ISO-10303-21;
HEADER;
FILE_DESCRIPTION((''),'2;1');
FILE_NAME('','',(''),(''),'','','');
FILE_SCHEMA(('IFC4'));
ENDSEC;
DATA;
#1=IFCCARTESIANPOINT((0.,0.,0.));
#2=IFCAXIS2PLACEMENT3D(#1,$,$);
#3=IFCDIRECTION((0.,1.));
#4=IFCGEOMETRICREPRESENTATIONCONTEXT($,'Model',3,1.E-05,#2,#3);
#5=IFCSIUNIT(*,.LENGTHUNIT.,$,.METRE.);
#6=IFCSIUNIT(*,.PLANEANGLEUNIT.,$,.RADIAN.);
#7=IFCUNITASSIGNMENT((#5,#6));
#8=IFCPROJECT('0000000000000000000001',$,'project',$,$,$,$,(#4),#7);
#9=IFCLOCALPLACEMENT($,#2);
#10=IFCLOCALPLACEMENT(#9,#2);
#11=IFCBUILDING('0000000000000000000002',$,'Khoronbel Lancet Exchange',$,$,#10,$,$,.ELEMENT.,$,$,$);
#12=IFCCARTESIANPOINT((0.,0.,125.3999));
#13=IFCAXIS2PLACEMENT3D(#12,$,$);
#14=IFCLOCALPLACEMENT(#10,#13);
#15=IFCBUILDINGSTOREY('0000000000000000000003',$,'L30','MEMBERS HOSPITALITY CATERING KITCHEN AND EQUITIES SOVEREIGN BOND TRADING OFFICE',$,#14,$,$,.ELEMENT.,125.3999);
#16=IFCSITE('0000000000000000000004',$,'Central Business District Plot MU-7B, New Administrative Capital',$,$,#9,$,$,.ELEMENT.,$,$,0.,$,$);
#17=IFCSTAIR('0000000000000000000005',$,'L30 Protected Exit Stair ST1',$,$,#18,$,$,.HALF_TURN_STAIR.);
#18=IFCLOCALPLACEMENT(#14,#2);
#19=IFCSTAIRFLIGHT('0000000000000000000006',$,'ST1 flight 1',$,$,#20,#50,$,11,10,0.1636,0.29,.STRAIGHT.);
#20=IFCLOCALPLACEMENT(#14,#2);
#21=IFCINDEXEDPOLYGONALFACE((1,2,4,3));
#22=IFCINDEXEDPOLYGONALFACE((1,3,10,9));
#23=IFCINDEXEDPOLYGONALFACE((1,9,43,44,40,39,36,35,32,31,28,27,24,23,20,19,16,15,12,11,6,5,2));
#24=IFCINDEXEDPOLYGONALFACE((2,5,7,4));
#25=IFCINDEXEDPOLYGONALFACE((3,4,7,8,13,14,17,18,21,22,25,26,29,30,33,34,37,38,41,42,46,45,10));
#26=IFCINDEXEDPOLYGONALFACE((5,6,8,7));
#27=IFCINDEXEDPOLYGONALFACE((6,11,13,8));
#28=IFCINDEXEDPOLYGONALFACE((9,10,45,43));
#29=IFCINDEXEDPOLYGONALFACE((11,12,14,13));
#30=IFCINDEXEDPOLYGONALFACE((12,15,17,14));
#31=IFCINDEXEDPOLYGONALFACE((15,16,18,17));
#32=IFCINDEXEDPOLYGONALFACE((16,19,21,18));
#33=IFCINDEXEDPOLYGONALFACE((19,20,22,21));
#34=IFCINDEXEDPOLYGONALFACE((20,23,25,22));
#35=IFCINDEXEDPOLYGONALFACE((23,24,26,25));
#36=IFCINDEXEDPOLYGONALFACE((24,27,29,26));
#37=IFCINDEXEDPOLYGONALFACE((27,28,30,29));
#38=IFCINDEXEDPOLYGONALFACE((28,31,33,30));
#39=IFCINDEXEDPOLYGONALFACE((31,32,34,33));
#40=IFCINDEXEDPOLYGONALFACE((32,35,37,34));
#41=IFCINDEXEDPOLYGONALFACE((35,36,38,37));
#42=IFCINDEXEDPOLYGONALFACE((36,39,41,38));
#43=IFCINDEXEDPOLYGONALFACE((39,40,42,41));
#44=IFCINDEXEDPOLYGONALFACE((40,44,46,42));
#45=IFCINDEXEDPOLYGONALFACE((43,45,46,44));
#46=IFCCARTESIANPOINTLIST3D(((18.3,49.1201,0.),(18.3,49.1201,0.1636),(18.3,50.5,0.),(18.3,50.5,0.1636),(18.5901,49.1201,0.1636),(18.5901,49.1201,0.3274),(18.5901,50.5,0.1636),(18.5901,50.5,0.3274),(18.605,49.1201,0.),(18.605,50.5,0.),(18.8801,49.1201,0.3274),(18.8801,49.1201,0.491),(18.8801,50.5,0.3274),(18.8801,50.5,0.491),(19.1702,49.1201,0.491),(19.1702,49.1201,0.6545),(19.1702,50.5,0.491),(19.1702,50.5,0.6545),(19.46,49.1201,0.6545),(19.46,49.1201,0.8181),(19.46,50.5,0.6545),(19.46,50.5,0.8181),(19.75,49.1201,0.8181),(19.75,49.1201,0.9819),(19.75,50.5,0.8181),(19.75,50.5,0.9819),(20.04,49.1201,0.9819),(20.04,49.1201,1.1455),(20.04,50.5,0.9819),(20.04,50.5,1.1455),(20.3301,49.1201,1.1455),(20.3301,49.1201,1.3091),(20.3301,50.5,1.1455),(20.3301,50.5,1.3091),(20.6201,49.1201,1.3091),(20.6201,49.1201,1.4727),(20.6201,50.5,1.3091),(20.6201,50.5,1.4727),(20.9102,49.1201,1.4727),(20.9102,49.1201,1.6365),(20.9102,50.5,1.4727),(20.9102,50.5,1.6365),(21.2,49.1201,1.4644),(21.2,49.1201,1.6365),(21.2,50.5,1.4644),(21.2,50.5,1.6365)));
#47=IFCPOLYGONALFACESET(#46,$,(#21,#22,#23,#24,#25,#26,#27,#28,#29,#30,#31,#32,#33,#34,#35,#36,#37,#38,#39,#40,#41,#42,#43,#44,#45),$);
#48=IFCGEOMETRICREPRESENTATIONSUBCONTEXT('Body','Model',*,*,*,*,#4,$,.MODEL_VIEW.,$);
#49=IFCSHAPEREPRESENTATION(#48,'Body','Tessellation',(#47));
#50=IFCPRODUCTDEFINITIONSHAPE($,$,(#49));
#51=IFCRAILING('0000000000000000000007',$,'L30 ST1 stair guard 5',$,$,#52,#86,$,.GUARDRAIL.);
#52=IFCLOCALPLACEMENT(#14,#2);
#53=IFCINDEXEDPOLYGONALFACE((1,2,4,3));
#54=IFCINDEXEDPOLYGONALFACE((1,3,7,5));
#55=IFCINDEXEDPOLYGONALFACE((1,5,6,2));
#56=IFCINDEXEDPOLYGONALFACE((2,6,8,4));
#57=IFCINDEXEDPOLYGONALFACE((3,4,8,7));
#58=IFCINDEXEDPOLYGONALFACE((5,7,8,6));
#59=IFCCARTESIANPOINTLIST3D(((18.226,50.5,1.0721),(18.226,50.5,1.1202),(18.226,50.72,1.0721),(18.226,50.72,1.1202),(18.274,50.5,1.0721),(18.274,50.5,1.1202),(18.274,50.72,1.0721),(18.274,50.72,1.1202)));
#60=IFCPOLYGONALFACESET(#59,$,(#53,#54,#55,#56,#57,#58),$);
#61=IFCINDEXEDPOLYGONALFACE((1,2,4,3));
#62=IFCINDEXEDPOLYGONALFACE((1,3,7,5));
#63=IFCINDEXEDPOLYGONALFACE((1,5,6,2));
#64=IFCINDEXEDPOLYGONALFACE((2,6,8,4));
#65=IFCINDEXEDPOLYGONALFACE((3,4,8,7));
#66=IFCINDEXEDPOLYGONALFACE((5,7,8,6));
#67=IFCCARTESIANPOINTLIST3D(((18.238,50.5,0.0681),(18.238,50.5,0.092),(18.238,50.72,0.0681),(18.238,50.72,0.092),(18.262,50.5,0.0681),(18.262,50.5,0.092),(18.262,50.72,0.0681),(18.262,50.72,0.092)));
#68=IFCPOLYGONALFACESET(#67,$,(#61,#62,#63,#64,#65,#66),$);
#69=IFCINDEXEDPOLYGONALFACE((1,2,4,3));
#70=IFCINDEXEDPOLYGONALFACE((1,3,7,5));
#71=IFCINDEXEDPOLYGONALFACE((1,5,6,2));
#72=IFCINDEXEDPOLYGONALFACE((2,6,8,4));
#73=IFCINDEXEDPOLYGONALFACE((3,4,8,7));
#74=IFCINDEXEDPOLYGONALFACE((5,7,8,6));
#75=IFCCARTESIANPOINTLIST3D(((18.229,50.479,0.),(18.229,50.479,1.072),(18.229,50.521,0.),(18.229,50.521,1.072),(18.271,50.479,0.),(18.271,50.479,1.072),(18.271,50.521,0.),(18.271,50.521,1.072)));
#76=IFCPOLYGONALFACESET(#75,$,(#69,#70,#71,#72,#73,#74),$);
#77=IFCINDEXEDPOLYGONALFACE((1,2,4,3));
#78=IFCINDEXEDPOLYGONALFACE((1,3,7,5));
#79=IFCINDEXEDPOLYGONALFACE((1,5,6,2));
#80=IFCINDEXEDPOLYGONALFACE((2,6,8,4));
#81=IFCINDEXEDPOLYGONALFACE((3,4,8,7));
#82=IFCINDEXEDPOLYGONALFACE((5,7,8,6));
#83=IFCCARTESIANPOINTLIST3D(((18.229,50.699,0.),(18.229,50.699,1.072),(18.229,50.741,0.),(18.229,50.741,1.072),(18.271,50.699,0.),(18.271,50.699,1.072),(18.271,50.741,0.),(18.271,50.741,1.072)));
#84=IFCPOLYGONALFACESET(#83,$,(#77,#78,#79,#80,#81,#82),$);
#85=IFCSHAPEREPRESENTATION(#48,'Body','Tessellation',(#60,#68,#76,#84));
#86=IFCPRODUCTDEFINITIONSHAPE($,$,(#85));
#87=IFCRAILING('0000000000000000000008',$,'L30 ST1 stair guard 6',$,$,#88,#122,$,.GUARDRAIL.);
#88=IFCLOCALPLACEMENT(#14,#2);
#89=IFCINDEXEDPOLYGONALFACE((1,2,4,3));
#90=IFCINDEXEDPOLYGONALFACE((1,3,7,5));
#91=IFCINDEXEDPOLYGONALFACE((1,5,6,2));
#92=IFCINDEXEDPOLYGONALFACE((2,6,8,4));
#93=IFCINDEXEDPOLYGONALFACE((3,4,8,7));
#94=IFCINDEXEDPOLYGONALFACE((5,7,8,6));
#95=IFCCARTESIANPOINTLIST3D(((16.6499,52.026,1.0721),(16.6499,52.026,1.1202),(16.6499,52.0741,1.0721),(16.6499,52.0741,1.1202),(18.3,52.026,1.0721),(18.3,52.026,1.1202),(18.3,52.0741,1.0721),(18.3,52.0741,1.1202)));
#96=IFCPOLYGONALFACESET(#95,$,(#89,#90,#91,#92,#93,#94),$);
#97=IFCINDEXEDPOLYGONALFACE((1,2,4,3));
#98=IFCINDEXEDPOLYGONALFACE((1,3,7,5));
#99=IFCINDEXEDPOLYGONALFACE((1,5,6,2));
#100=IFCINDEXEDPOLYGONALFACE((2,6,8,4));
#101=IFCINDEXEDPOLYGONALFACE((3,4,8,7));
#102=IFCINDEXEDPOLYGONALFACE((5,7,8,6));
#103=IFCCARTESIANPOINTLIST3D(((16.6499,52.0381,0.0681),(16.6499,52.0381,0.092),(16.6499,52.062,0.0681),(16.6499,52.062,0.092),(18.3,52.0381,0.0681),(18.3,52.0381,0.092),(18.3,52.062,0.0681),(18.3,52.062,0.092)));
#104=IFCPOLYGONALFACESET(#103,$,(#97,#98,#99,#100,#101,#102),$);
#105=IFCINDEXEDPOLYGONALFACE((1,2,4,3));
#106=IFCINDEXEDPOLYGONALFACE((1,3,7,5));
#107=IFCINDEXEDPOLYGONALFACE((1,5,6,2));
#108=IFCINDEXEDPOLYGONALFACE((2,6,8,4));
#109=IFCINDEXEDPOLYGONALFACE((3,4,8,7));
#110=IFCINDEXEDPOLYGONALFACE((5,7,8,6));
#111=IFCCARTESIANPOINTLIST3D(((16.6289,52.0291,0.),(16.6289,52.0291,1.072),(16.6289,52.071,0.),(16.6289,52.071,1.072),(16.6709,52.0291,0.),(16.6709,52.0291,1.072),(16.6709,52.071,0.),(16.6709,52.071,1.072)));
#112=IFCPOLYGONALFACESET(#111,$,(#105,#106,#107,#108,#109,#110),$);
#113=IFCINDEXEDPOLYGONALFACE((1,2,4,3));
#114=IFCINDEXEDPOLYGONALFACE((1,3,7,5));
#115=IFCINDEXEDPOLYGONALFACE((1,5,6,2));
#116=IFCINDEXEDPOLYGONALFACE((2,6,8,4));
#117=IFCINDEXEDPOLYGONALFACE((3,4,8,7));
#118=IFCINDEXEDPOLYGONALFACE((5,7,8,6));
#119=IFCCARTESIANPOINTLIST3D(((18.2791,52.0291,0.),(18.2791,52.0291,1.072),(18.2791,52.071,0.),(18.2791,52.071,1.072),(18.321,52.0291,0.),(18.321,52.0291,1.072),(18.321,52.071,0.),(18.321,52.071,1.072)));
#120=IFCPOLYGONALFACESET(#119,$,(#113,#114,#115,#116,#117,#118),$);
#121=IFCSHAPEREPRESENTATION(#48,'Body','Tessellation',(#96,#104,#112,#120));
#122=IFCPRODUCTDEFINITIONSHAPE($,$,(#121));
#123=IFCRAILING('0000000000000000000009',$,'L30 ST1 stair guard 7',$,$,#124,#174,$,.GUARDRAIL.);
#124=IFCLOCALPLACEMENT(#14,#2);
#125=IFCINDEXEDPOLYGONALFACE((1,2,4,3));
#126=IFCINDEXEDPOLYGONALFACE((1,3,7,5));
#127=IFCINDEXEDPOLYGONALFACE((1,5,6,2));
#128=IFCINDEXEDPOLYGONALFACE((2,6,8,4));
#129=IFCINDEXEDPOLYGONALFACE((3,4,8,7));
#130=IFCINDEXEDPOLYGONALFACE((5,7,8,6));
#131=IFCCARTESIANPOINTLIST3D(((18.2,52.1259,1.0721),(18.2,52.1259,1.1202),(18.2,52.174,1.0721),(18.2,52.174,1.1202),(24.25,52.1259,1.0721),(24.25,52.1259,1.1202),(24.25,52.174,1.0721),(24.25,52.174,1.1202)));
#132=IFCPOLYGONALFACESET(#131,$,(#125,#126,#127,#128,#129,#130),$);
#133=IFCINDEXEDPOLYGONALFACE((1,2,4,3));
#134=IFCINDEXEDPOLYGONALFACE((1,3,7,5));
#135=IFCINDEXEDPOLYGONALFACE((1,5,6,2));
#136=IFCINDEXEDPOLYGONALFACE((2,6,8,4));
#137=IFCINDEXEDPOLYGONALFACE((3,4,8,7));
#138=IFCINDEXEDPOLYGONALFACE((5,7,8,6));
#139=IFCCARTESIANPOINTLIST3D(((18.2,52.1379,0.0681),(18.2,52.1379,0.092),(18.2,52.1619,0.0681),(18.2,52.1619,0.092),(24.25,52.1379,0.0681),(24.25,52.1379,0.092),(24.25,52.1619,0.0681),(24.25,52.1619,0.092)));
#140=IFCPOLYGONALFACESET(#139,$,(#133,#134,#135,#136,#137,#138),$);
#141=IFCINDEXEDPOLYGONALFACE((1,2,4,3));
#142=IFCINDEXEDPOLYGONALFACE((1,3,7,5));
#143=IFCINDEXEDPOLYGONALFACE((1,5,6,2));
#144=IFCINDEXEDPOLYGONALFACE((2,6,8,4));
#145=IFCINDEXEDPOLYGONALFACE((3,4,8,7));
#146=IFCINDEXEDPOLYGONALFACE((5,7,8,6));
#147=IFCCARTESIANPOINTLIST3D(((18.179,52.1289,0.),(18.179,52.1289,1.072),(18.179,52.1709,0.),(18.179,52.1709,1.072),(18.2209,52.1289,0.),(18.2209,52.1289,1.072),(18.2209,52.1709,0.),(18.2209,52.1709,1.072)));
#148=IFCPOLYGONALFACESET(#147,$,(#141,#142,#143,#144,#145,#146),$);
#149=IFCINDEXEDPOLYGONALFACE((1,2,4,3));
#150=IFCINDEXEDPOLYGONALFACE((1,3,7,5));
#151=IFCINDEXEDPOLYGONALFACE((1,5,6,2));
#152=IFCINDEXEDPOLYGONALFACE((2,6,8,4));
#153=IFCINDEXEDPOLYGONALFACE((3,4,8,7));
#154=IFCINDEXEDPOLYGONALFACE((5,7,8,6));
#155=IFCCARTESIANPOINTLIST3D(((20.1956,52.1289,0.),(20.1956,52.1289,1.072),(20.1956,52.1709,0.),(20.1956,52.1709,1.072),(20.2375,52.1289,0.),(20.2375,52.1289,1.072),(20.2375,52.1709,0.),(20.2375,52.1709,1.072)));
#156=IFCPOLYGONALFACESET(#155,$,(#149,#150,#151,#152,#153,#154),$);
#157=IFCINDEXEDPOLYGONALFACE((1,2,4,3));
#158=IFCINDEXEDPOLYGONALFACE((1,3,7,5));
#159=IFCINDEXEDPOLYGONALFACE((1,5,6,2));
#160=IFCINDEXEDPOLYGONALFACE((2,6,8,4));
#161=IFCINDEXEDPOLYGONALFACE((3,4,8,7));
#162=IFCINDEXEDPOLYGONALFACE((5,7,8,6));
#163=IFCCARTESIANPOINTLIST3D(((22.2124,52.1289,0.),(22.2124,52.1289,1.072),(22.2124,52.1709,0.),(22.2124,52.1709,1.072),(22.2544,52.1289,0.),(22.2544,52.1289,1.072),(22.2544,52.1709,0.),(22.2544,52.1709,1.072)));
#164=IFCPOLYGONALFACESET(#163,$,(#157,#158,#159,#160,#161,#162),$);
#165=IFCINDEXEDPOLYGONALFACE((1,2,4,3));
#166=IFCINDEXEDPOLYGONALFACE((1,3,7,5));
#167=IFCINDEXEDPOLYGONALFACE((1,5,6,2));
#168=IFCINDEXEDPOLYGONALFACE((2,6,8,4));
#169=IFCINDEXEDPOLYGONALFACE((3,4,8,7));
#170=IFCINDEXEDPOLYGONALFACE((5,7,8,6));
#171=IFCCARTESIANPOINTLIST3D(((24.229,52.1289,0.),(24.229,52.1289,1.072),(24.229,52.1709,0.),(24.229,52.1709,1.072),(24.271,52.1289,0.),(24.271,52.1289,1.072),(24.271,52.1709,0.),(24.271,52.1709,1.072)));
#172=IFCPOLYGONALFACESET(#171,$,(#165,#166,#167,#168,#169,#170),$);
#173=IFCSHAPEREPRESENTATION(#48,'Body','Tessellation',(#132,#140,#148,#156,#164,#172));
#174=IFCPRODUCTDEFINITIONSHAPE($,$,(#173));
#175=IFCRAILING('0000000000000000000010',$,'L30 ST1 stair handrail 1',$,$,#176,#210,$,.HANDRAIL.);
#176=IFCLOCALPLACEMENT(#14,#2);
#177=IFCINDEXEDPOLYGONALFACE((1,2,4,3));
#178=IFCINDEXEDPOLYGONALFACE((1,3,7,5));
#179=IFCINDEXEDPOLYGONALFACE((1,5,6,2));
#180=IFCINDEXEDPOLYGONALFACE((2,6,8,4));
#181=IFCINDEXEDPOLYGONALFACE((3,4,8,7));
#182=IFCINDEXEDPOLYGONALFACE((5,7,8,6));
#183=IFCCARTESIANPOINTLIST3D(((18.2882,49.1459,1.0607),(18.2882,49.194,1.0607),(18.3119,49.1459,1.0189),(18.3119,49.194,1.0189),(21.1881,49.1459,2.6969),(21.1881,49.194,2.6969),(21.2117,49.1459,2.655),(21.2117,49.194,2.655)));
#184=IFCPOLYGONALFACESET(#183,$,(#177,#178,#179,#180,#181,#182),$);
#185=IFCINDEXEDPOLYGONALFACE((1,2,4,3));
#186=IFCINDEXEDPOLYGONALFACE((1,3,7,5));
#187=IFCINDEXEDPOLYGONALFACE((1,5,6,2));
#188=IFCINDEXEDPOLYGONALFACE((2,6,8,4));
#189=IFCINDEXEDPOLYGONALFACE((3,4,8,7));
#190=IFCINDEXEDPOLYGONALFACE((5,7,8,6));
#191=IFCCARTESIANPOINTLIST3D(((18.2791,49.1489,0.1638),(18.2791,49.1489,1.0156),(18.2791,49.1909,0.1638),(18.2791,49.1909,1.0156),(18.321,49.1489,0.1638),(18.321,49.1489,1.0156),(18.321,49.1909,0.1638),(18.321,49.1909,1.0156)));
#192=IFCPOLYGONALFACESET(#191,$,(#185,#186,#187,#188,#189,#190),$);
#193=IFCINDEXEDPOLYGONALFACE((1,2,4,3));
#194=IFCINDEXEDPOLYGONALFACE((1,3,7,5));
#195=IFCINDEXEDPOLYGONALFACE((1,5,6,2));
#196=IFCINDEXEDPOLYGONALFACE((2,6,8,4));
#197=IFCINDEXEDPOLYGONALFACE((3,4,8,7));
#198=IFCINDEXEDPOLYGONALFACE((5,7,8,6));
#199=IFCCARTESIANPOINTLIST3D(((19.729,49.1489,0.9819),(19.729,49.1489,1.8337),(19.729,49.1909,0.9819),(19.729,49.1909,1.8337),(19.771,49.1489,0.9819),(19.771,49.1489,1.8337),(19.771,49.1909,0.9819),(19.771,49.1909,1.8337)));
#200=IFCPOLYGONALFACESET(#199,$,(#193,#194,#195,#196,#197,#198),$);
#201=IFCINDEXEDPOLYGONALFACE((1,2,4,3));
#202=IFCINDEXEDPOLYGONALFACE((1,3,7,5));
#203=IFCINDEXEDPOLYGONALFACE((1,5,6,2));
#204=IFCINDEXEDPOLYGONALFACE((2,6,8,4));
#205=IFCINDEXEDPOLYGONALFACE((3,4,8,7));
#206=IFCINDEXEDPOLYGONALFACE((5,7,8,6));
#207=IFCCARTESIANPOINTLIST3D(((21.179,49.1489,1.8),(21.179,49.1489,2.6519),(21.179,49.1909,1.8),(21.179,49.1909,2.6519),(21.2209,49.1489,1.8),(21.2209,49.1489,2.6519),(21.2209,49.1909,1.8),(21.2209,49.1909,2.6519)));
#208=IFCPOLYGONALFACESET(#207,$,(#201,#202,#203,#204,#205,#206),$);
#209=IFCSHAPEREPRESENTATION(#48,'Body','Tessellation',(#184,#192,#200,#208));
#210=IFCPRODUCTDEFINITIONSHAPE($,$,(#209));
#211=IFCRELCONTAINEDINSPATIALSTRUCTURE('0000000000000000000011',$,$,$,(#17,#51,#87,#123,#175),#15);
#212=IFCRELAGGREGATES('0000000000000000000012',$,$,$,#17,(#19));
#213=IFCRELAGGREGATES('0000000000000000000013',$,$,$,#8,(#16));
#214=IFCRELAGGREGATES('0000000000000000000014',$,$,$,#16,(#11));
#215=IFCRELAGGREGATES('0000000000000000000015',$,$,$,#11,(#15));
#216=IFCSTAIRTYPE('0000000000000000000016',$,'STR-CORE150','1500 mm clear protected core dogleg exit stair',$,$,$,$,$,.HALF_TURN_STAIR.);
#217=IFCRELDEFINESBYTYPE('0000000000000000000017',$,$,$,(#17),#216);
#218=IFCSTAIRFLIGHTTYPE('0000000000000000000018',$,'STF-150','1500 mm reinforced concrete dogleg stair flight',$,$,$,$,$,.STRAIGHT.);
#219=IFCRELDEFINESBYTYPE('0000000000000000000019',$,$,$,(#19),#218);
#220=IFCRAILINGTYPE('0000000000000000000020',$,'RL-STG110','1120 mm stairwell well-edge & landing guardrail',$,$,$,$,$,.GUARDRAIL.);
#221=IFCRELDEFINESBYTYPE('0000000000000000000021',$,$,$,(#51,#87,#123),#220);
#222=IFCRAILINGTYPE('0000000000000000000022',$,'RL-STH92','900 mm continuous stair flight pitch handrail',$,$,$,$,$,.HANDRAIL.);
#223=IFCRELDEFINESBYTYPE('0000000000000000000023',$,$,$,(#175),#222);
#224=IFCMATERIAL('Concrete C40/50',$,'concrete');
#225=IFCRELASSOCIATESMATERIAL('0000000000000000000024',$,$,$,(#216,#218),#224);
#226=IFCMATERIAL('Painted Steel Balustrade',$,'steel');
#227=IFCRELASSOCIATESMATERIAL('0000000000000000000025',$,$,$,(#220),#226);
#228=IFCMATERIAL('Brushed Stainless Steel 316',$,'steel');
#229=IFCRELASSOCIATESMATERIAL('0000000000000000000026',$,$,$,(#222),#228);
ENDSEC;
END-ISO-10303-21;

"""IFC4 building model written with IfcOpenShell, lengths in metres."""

from ifc_helpers import new_model, si_unit, direction, frame, origin, origin_2d, place, context, subcontext, project, spatial, polyline, rectangle, outline, extrude, material, type_object, element, aggregate, save


model = new_model("IFC4")

# Units and contexts
model_context = context("Model", 3, precision=1e-05, world=origin(), true_north=direction((0.0, 1.0)))
body_context = subcontext(model_context, "Body", "Model", "MODEL_VIEW")
ifc_project = project(units=[si_unit("LENGTHUNIT", "METRE"), si_unit("PLANEANGLEUNIT", "RADIAN")], contexts=[model_context])

# Site, building, storey
site_placement = place(None, origin())
site = spatial("IfcSite", under=ifc_project, at=site_placement, Name="Central Business District Plot MU-7B, New Administrative Capital", CompositionType="ELEMENT", RefElevation=0.0)
building_placement = place(site_placement, origin())
building = spatial("IfcBuilding", under=site, at=building_placement, Name="Khoronbel Lancet Exchange", CompositionType="ELEMENT")
storey_placement = place(building_placement, frame((0.0, 0.0, 125.3999)))
storey = spatial("IfcBuildingStorey", under=building, at=storey_placement, Name="L30", Description="MEMBERS HOSPITALITY CATERING KITCHEN AND EQUITIES SOVEREIGN BOND TRADING OFFICE", CompositionType="ELEMENT", Elevation=125.3999)

# Stair, stair flight
ifc_material_1 = material(Name="Concrete C40/50", Category="concrete")
stair_type = type_object("IfcStairType", Name="STR-CORE150", Description="1500 mm clear protected core dogleg exit stair", PredefinedType="HALF_TURN_STAIR", material=ifc_material_1)
stair_placement = place(storey_placement, origin())
stair = element("IfcStair", 1, at=stair_placement, inside=storey, type_object=stair_type, Name="L30 Protected Exit Stair ST1", PredefinedType="HALF_TURN_STAIR")
stair_flight_type = type_object("IfcStairFlightType", Name="STF-150", Description="1500 mm reinforced concrete dogleg stair flight", PredefinedType="STRAIGHT", material=ifc_material_1)
stair_flight_placement = place(storey_placement, frame((18.3, 49.8101, 0.0), z_axis=(0.0, 0.0, 1.0), x_axis=(1.0, 0.0, 0.0)))
stair_flight = element("IfcStairFlight", 2, at=stair_flight_placement, type_object=stair_flight_type, Name="ST1 flight 1", NumberOfRisers=11, NumberOfTreads=10, PredefinedType="STRAIGHT", RiserHeight=0.1636, TreadLength=0.29, context=body_context, shape_type="SweptSolid", body=[
    extrude(outline(polyline([(0.0, 0.0), (0.0, 0.1636), (0.29, 0.1636), (0.29, 0.3274), (0.5801, 0.3274), (0.5801, 0.491), (0.8701, 0.491), (0.8701, 0.6545), (1.1599, 0.6545), (1.1599, 0.8181), (1.45, 0.8181), (1.45, 0.9819), (1.74, 0.9819), (1.74, 1.1455), (2.03, 1.1455), (2.03, 1.3091), (2.3201, 1.3091), (2.3201, 1.4727), (2.6101, 1.4727), (2.6101, 1.6365), (2.8999, 1.6365), (2.8999, 1.8), (2.8999, 1.4644), (0.3049, 0.0), (0.0, 0.0)])), frame((0.0, 0.6899, 0.0), z_axis=(0.0, -1.0, 0.0), x_axis=(1.0, 0.0, 0.0)), (0.0, 0.0, 1.0), 1.3799),
])
aggregate(stair, [stair_flight])

# Railings
ifc_material_2 = material(Name="Painted Steel Balustrade", Category="steel")
railing_type_1 = type_object("IfcRailingType", Name="RL-STG110", Description="1120 mm stairwell well-edge & landing guardrail", PredefinedType="GUARDRAIL", material=ifc_material_2)
railing_1_placement = place(storey_placement, frame((18.25, 50.5, 0.0)))
element("IfcRailing", 3, at=railing_1_placement, inside=storey, type_object=railing_type_1, Name="L30 ST1 stair guard 5", PredefinedType="GUARDRAIL", context=body_context, shape_type="SweptSolid", body=[
    extrude(rectangle(XDim=0.0481, YDim=0.0481, at=origin_2d()), frame((0.0, 0.0, 1.0962), z_axis=(0.0, 1.0, 0.0), x_axis=(-1.0, 0.0, 0.0)), (0.0, 0.0, 1.0), 0.22),
    extrude(rectangle(XDim=0.0239, YDim=0.0239, at=origin_2d()), frame((0.0, 0.0, 0.0801), z_axis=(0.0, 1.0, 0.0), x_axis=(-1.0, 0.0, 0.0)), (0.0, 0.0, 1.0), 0.22),
    extrude(rectangle(XDim=0.042, YDim=0.042, at=origin_2d()), origin(), (0.0, 0.0, 1.0), 1.072),
    extrude(rectangle(XDim=0.042, YDim=0.042, at=origin_2d()), frame((0.0, 0.22, 0.0)), (0.0, 0.0, 1.0), 1.072),
])
railing_2_placement = place(storey_placement, frame((16.6499, 52.05, 0.0)))
element("IfcRailing", 4, at=railing_2_placement, inside=storey, type_object=railing_type_1, Name="L30 ST1 stair guard 6", PredefinedType="GUARDRAIL", context=body_context, shape_type="SweptSolid", body=[
    extrude(rectangle(XDim=0.0481, YDim=0.0481, at=origin_2d()), frame((0.0, 0.0, 1.0962), z_axis=(1.0, 0.0, 0.0), x_axis=(0.0, 1.0, 0.0)), (0.0, 0.0, 1.0), 1.6501),
    extrude(rectangle(XDim=0.0239, YDim=0.0239, at=origin_2d()), frame((0.0, 0.0, 0.0801), z_axis=(1.0, 0.0, 0.0), x_axis=(0.0, 1.0, 0.0)), (0.0, 0.0, 1.0), 1.6501),
    extrude(rectangle(XDim=0.042, YDim=0.042, at=origin_2d()), origin(), (0.0, 0.0, 1.0), 1.072),
    extrude(rectangle(XDim=0.042, YDim=0.042, at=origin_2d()), frame((1.6501, 0.0, 0.0)), (0.0, 0.0, 1.0), 1.072),
])
railing_3_placement = place(storey_placement, frame((18.2, 52.1499, 0.0)))
element("IfcRailing", 5, at=railing_3_placement, inside=storey, type_object=railing_type_1, Name="L30 ST1 stair guard 7", PredefinedType="GUARDRAIL", context=body_context, shape_type="SweptSolid", body=[
    extrude(rectangle(XDim=0.0481, YDim=0.0481, at=origin_2d()), frame((0.0, 0.0, 1.0962), z_axis=(1.0, 0.0, 0.0), x_axis=(0.0, 1.0, 0.0)), (0.0, 0.0, 1.0), 6.05),
    extrude(rectangle(XDim=0.0239, YDim=0.0239, at=origin_2d()), frame((0.0, 0.0, 0.0801), z_axis=(1.0, 0.0, 0.0), x_axis=(0.0, 1.0, 0.0)), (0.0, 0.0, 1.0), 6.05),
    extrude(rectangle(XDim=0.042, YDim=0.042, at=origin_2d()), origin(), (0.0, 0.0, 1.0), 1.072),
    extrude(rectangle(XDim=0.042, YDim=0.042, at=origin_2d()), frame((2.0166, 0.0, 0.0)), (0.0, 0.0, 1.0), 1.072),
    extrude(rectangle(XDim=0.042, YDim=0.042, at=origin_2d()), frame((4.0334, 0.0, 0.0)), (0.0, 0.0, 1.0), 1.072),
    extrude(rectangle(XDim=0.042, YDim=0.042, at=origin_2d()), frame((6.05, 0.0, 0.0)), (0.0, 0.0, 1.0), 1.072),
])
ifc_material_3 = material(Name="Brushed Stainless Steel 316", Category="steel")
railing_type_2 = type_object("IfcRailingType", Name="RL-STH92", Description="900 mm continuous stair flight pitch handrail", PredefinedType="HANDRAIL", material=ifc_material_3)
railing_4_placement = place(storey_placement, frame((18.3, 49.1699, 0.1638)))
element("IfcRailing", 6, at=railing_4_placement, inside=storey, type_object=railing_type_2, Name="L30 ST1 stair handrail 1", PredefinedType="HANDRAIL", context=body_context, shape_type="SweptSolid", body=[
    extrude(rectangle(XDim=0.0481, YDim=0.0481, at=origin_2d()), frame((0.0, 0.0, 0.876), z_axis=(0.870929, 0.0, 0.49141), x_axis=(0.0, 1.0, 0.0)), (0.0, 0.0, 1.0), 3.3296),
    extrude(rectangle(XDim=0.042, YDim=0.042, at=origin_2d()), origin(), (0.0, 0.0, 1.0), 0.8518),
    extrude(rectangle(XDim=0.042, YDim=0.042, at=origin_2d()), frame((1.45, 0.0, 0.8181)), (0.0, 0.0, 1.0), 0.8518),
    extrude(rectangle(XDim=0.042, YDim=0.042, at=origin_2d()), frame((2.8999, 0.0, 1.6362)), (0.0, 0.0, 1.0), 0.8518),
])

save(model, "model.ifc")
